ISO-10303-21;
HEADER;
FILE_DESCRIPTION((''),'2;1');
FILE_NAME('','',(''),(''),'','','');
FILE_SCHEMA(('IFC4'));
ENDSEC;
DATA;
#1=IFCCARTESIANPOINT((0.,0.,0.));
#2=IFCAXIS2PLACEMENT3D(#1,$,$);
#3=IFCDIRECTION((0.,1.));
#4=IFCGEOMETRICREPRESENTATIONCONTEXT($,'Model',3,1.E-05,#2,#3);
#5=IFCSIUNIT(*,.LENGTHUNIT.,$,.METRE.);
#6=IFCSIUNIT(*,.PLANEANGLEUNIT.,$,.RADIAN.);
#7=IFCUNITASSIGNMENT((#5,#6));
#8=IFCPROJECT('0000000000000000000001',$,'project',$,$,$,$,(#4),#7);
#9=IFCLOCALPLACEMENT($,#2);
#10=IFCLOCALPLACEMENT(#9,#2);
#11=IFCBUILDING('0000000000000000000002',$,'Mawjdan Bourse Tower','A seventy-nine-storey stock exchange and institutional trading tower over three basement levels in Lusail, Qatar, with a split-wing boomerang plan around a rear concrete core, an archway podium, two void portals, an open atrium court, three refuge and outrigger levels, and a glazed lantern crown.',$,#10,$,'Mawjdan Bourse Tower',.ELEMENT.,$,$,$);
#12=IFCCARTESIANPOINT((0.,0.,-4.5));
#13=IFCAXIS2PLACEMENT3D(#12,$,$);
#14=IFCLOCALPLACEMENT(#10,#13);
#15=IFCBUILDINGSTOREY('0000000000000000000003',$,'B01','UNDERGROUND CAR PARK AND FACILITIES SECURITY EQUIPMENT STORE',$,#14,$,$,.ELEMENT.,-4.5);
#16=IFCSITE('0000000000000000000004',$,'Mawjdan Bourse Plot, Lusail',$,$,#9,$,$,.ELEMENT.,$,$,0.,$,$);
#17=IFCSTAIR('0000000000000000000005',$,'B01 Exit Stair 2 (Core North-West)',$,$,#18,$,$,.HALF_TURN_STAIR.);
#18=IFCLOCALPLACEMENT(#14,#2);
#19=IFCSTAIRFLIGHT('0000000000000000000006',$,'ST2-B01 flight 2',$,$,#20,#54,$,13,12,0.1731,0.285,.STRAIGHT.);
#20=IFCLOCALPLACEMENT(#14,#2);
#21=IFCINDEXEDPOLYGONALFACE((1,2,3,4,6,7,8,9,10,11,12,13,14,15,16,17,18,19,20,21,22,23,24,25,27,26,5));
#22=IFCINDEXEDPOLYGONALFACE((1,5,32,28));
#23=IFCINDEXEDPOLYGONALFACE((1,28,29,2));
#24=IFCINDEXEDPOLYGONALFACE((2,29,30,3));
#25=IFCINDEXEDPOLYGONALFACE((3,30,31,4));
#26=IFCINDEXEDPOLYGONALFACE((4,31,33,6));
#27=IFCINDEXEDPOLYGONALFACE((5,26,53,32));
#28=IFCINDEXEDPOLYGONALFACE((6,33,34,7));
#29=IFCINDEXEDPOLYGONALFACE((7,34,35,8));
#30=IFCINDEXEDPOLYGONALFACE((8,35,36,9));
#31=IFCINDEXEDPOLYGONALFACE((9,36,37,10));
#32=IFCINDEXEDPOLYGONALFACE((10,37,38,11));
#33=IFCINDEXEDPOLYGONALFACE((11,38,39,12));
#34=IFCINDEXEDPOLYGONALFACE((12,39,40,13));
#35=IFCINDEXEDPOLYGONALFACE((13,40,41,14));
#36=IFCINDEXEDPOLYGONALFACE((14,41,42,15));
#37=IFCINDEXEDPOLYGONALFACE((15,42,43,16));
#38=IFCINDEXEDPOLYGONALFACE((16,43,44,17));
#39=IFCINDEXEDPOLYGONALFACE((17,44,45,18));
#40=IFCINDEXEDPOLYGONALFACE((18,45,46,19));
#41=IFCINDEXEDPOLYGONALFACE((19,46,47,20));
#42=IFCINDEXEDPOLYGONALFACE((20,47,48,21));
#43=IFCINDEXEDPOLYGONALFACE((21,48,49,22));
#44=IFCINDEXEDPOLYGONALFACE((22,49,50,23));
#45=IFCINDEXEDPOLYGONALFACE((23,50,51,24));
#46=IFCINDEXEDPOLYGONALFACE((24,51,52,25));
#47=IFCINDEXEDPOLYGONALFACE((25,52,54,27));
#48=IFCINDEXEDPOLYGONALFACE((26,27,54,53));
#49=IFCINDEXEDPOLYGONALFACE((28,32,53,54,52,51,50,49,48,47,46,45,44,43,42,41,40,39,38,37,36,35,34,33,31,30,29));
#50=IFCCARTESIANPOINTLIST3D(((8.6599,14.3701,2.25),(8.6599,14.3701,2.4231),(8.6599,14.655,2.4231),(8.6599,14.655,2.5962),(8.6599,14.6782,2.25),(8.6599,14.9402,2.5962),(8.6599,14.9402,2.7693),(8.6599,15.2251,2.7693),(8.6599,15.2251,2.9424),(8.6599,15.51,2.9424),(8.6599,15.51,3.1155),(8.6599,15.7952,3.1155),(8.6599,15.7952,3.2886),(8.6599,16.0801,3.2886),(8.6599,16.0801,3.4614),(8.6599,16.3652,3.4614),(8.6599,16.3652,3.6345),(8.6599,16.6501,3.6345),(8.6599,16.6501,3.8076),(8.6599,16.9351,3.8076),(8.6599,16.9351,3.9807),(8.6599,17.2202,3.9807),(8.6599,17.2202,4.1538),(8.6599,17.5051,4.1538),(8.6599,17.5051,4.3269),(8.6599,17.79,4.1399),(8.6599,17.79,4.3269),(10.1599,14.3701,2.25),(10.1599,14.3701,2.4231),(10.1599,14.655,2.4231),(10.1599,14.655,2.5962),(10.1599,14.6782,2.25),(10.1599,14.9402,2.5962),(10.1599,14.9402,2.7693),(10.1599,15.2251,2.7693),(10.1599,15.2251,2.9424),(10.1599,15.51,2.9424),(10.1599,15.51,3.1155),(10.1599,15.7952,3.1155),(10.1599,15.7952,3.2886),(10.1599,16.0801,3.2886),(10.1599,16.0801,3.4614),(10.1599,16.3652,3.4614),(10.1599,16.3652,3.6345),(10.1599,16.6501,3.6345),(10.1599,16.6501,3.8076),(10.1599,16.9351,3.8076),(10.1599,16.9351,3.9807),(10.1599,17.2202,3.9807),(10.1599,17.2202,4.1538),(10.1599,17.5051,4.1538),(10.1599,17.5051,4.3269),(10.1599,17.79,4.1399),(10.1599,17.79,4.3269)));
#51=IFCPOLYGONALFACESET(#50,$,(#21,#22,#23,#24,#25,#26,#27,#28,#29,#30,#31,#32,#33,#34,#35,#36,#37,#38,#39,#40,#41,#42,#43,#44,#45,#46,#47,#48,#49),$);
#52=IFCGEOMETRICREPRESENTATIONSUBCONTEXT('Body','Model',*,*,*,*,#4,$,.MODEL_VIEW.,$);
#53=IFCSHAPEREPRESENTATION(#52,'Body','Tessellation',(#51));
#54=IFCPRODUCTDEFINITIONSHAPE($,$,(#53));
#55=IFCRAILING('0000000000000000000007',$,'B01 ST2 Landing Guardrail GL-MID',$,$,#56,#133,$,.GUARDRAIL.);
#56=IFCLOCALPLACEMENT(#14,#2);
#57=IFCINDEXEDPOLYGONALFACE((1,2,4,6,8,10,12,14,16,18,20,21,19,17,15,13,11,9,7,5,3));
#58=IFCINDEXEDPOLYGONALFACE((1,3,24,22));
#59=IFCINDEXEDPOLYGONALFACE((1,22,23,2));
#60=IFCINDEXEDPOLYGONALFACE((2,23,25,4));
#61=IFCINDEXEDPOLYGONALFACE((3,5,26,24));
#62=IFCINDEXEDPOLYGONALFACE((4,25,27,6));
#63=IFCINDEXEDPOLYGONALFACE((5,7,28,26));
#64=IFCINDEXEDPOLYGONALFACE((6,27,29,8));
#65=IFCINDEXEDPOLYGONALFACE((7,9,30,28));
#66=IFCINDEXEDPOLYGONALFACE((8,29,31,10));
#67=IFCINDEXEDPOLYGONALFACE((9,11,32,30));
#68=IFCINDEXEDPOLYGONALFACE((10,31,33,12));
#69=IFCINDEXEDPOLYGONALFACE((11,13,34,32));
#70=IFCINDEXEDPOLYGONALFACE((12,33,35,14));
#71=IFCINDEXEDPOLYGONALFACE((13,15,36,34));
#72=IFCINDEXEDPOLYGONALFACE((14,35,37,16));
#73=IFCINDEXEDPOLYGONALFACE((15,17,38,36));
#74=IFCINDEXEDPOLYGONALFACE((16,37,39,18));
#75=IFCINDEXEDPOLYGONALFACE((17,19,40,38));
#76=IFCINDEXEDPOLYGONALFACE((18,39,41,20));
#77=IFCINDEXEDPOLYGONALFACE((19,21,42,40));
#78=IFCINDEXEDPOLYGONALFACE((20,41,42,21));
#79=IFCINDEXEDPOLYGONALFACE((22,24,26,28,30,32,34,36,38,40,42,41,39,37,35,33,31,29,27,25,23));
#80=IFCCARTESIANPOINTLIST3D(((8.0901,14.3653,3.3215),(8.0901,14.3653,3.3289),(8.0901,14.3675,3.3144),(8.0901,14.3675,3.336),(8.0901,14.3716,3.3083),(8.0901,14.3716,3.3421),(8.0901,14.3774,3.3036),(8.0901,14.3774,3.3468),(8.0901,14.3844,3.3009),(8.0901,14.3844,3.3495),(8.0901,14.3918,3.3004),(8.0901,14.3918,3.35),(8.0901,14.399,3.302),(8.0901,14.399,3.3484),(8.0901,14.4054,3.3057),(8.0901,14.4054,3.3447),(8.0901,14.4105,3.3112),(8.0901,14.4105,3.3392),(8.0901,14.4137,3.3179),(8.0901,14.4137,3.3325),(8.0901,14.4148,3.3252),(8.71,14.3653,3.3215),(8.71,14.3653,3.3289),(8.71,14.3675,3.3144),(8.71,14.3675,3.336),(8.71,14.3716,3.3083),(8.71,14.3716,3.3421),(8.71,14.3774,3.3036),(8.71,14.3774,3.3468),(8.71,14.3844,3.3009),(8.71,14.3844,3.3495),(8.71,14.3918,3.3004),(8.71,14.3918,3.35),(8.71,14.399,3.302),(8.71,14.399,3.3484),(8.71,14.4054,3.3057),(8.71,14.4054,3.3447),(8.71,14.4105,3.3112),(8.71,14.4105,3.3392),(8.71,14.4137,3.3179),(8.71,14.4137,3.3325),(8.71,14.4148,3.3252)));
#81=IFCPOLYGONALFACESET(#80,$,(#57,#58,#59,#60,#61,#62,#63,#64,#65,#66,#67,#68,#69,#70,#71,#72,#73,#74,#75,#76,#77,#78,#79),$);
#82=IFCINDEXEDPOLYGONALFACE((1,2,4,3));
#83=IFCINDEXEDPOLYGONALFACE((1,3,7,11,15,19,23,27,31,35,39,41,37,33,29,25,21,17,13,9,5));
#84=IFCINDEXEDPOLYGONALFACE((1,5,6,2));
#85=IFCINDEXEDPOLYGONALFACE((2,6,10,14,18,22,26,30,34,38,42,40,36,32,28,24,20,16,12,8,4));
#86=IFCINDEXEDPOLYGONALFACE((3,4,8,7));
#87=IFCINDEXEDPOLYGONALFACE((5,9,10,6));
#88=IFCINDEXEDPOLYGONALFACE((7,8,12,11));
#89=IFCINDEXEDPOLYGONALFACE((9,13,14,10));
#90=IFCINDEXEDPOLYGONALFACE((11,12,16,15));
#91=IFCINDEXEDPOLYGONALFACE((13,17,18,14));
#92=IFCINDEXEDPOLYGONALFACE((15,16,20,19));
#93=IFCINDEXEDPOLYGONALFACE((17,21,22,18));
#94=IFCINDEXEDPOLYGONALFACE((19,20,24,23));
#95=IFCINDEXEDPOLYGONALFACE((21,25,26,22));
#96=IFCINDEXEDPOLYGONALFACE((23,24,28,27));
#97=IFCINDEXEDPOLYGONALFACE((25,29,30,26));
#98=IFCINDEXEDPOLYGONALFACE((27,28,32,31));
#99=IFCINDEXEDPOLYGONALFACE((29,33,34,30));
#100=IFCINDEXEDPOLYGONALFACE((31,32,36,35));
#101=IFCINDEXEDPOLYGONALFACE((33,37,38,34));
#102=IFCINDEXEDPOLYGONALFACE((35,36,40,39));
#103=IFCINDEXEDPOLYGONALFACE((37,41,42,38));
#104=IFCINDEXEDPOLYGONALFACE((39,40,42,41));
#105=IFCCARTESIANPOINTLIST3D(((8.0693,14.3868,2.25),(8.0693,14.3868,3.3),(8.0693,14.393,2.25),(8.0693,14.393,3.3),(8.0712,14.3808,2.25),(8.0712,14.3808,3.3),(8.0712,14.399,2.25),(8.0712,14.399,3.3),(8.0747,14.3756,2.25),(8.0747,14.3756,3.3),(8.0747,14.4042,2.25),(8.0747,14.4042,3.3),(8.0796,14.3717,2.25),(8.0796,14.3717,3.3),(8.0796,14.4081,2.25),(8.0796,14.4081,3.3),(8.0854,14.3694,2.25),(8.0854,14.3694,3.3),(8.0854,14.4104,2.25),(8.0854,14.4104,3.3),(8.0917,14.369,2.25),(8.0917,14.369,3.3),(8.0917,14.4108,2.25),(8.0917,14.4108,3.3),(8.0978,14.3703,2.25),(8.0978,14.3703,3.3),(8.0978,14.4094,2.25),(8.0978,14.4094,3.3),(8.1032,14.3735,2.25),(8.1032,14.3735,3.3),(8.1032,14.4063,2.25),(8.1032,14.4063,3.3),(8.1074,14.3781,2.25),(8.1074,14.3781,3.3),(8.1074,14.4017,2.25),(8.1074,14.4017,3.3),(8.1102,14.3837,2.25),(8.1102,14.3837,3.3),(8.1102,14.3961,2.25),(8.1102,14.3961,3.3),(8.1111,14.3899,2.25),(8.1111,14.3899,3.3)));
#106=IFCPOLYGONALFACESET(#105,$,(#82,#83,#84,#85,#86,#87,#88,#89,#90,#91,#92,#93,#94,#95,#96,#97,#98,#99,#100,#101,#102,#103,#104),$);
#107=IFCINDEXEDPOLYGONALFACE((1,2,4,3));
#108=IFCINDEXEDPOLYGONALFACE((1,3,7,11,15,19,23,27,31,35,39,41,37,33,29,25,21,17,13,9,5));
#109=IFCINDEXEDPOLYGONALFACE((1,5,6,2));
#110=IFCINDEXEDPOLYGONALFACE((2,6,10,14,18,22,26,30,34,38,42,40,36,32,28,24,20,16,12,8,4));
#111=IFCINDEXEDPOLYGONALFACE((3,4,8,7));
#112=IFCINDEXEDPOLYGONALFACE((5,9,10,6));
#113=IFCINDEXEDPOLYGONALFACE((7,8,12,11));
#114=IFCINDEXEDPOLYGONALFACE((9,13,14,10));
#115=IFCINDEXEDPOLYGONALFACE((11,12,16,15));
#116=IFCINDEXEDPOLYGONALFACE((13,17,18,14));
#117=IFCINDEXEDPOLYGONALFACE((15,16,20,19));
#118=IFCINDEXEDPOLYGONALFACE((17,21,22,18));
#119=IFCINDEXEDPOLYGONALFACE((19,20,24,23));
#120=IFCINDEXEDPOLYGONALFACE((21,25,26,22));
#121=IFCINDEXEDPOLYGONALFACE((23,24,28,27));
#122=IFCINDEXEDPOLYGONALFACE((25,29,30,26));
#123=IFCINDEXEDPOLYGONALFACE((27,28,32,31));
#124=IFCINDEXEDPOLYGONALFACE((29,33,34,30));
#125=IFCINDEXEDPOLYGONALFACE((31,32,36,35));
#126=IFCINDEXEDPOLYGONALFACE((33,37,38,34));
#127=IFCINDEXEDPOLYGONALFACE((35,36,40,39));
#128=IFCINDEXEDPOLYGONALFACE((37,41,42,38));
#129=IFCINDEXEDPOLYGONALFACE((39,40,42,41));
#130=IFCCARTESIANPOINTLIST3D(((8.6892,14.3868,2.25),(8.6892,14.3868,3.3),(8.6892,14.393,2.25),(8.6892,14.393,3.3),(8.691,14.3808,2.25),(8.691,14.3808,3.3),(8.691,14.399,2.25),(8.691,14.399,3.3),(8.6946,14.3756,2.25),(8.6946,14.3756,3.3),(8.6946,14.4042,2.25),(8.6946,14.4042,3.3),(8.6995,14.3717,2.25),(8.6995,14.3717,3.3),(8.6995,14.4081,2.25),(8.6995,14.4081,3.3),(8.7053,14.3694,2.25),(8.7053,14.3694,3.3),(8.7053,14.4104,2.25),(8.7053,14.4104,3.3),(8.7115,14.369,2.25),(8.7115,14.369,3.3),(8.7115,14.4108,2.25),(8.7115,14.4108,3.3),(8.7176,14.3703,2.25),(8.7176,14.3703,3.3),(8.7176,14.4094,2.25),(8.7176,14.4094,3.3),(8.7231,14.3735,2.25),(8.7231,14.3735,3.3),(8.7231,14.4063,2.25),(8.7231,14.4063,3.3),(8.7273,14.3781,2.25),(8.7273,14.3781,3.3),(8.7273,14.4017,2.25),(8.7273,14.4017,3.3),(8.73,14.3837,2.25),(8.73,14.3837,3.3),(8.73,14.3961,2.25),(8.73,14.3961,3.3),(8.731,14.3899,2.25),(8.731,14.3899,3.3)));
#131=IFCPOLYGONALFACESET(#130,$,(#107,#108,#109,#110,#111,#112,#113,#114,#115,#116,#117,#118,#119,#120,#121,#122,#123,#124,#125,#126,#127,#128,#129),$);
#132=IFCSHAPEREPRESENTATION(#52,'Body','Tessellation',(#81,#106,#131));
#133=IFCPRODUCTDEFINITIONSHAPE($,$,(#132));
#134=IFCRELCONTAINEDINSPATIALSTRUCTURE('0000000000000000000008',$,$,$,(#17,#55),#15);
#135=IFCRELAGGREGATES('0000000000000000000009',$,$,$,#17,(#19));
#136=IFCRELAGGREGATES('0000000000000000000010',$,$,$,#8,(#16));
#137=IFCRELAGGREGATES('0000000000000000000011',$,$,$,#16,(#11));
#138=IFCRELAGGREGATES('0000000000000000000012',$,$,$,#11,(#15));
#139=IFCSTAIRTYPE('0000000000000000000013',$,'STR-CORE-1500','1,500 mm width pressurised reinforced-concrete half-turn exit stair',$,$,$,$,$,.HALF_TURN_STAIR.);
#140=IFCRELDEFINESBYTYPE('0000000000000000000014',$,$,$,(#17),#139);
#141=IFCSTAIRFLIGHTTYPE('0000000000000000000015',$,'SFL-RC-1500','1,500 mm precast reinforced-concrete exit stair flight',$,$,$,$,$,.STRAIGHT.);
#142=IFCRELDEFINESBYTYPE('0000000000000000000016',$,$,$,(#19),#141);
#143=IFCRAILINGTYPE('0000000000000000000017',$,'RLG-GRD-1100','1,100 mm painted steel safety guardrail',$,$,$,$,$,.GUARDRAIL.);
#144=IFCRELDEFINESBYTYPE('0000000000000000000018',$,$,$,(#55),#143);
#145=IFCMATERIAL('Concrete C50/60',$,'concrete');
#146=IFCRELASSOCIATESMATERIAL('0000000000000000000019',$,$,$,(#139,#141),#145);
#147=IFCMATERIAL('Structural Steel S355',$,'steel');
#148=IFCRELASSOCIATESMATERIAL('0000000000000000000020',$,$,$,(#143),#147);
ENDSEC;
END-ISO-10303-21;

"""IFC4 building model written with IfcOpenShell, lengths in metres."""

from ifc_helpers import new_model, si_unit, direction, frame, origin, origin_2d, place, context, subcontext, project, spatial, polyline, circle, outline, extrude, material, type_object, element, aggregate, save


model = new_model("IFC4")

# Units and contexts
model_context = context("Model", 3, precision=1e-05, world=origin(), true_north=direction((0.0, 1.0)))
body_context = subcontext(model_context, "Body", "Model", "MODEL_VIEW")
ifc_project = project(units=[si_unit("LENGTHUNIT", "METRE"), si_unit("PLANEANGLEUNIT", "RADIAN")], contexts=[model_context])

# Site, building, storey
site_placement = place(None, origin())
site = spatial("IfcSite", under=ifc_project, at=site_placement, Name="Mawjdan Bourse Plot, Lusail", CompositionType="ELEMENT", RefElevation=0.0)
building_placement = place(site_placement, origin())
building = spatial("IfcBuilding", under=site, at=building_placement, Name="Mawjdan Bourse Tower", Description="A seventy-nine-storey stock exchange and institutional trading tower over three basement levels in Lusail, Qatar, with a split-wing boomerang plan around a rear concrete core, an archway podium, two void portals, an open atrium court, three refuge and outrigger levels, and a glazed lantern crown.", LongName="Mawjdan Bourse Tower", CompositionType="ELEMENT")
storey_placement = place(building_placement, frame((0.0, 0.0, -4.5)))
storey = spatial("IfcBuildingStorey", under=building, at=storey_placement, Name="B01", Description="UNDERGROUND CAR PARK AND FACILITIES SECURITY EQUIPMENT STORE", CompositionType="ELEMENT", Elevation=-4.5)

# Shared definitions
ifc_material_1 = material(Name="Structural Steel S355", Category="steel")

# Shared definitions
ifc_material_2 = material(Name="Concrete C50/60", Category="concrete")

# Stair, stair flight
stair_type = type_object("IfcStairType", Name="STR-CORE-1500", Description="1,500 mm width pressurised reinforced-concrete half-turn exit stair", PredefinedType="HALF_TURN_STAIR", material=ifc_material_2)
stair_flight_type = type_object("IfcStairFlightType", Name="SFL-RC-1500", Description="1,500 mm precast reinforced-concrete exit stair flight", PredefinedType="STRAIGHT", material=ifc_material_2)
stair_1_placement = place(storey_placement, origin())
stair_1 = element("IfcStair", 1, at=stair_1_placement, inside=storey, type_object=stair_type, Name="B01 Exit Stair 2 (Core North-West)", PredefinedType="HALF_TURN_STAIR")
stair_flight_1_placement = place(storey_placement, frame((9.4099, 14.3701, 2.25), z_axis=(0.0, 0.0, 1.0), x_axis=(0.0, 1.0, 0.0)))
stair_flight_1 = element("IfcStairFlight", 2, at=stair_flight_1_placement, type_object=stair_flight_type, Name="ST2-B01 flight 2", NumberOfRisers=13, NumberOfTreads=12, PredefinedType="STRAIGHT", RiserHeight=0.1731, TreadLength=0.285, context=body_context, shape_type="SweptSolid", body=[
    extrude(outline(polyline([(0.0, 0.0), (0.0, 0.1731), (0.2849, 0.1731), (0.2849, 0.3462), (0.5701, 0.3462), (0.5701, 0.5193), (0.855, 0.5193), (0.855, 0.6924), (1.1399, 0.6924), (1.1399, 0.8655), (1.425, 0.8655), (1.425, 1.0386), (1.71, 1.0386), (1.71, 1.2114), (1.9951, 1.2114), (1.9951, 1.3845), (2.28, 1.3845), (2.28, 1.5576), (2.5649, 1.5576), (2.5649, 1.7307), (2.8501, 1.7307), (2.8501, 1.9038), (3.135, 1.9038), (3.135, 2.0769), (3.4199, 2.0769), (3.4199, 2.25), (3.4199, 1.8899), (0.3081, 0.0), (0.0, 0.0)])), frame((0.0, 0.75, 0.0), z_axis=(0.0, -1.0, 0.0), x_axis=(1.0, 0.0, 0.0)), (0.0, 0.0, 1.0), 1.5),
])
aggregate(stair_1, [stair_flight_1])

# Railing
railing_type_1 = type_object("IfcRailingType", Name="RLG-GRD-1100", Description="1,100 mm painted steel safety guardrail", PredefinedType="GUARDRAIL", material=ifc_material_1)
railing_1_placement = place(storey_placement, frame((8.0901, 14.3899, 2.25)))
element("IfcRailing", 3, at=railing_1_placement, inside=storey, type_object=railing_type_1, Name="B01 ST2 Landing Guardrail GL-MID", PredefinedType="GUARDRAIL", context=body_context, shape_type="SweptSolid", body=[
    extrude(circle(Radius=0.0249, at=origin_2d()), frame((0.0, 0.0, 1.0752), z_axis=(1.0, 0.0, 0.0), x_axis=(0.0, 1.0, 0.0)), (0.0, 0.0, 1.0), 0.6199),
    extrude(circle(Radius=0.021, at=origin_2d()), origin(), (0.0, 0.0, 1.0), 1.05),
    extrude(circle(Radius=0.021, at=origin_2d()), frame((0.6199, 0.0, 0.0)), (0.0, 0.0, 1.0), 1.05),
])

save(model, "model.ifc")
